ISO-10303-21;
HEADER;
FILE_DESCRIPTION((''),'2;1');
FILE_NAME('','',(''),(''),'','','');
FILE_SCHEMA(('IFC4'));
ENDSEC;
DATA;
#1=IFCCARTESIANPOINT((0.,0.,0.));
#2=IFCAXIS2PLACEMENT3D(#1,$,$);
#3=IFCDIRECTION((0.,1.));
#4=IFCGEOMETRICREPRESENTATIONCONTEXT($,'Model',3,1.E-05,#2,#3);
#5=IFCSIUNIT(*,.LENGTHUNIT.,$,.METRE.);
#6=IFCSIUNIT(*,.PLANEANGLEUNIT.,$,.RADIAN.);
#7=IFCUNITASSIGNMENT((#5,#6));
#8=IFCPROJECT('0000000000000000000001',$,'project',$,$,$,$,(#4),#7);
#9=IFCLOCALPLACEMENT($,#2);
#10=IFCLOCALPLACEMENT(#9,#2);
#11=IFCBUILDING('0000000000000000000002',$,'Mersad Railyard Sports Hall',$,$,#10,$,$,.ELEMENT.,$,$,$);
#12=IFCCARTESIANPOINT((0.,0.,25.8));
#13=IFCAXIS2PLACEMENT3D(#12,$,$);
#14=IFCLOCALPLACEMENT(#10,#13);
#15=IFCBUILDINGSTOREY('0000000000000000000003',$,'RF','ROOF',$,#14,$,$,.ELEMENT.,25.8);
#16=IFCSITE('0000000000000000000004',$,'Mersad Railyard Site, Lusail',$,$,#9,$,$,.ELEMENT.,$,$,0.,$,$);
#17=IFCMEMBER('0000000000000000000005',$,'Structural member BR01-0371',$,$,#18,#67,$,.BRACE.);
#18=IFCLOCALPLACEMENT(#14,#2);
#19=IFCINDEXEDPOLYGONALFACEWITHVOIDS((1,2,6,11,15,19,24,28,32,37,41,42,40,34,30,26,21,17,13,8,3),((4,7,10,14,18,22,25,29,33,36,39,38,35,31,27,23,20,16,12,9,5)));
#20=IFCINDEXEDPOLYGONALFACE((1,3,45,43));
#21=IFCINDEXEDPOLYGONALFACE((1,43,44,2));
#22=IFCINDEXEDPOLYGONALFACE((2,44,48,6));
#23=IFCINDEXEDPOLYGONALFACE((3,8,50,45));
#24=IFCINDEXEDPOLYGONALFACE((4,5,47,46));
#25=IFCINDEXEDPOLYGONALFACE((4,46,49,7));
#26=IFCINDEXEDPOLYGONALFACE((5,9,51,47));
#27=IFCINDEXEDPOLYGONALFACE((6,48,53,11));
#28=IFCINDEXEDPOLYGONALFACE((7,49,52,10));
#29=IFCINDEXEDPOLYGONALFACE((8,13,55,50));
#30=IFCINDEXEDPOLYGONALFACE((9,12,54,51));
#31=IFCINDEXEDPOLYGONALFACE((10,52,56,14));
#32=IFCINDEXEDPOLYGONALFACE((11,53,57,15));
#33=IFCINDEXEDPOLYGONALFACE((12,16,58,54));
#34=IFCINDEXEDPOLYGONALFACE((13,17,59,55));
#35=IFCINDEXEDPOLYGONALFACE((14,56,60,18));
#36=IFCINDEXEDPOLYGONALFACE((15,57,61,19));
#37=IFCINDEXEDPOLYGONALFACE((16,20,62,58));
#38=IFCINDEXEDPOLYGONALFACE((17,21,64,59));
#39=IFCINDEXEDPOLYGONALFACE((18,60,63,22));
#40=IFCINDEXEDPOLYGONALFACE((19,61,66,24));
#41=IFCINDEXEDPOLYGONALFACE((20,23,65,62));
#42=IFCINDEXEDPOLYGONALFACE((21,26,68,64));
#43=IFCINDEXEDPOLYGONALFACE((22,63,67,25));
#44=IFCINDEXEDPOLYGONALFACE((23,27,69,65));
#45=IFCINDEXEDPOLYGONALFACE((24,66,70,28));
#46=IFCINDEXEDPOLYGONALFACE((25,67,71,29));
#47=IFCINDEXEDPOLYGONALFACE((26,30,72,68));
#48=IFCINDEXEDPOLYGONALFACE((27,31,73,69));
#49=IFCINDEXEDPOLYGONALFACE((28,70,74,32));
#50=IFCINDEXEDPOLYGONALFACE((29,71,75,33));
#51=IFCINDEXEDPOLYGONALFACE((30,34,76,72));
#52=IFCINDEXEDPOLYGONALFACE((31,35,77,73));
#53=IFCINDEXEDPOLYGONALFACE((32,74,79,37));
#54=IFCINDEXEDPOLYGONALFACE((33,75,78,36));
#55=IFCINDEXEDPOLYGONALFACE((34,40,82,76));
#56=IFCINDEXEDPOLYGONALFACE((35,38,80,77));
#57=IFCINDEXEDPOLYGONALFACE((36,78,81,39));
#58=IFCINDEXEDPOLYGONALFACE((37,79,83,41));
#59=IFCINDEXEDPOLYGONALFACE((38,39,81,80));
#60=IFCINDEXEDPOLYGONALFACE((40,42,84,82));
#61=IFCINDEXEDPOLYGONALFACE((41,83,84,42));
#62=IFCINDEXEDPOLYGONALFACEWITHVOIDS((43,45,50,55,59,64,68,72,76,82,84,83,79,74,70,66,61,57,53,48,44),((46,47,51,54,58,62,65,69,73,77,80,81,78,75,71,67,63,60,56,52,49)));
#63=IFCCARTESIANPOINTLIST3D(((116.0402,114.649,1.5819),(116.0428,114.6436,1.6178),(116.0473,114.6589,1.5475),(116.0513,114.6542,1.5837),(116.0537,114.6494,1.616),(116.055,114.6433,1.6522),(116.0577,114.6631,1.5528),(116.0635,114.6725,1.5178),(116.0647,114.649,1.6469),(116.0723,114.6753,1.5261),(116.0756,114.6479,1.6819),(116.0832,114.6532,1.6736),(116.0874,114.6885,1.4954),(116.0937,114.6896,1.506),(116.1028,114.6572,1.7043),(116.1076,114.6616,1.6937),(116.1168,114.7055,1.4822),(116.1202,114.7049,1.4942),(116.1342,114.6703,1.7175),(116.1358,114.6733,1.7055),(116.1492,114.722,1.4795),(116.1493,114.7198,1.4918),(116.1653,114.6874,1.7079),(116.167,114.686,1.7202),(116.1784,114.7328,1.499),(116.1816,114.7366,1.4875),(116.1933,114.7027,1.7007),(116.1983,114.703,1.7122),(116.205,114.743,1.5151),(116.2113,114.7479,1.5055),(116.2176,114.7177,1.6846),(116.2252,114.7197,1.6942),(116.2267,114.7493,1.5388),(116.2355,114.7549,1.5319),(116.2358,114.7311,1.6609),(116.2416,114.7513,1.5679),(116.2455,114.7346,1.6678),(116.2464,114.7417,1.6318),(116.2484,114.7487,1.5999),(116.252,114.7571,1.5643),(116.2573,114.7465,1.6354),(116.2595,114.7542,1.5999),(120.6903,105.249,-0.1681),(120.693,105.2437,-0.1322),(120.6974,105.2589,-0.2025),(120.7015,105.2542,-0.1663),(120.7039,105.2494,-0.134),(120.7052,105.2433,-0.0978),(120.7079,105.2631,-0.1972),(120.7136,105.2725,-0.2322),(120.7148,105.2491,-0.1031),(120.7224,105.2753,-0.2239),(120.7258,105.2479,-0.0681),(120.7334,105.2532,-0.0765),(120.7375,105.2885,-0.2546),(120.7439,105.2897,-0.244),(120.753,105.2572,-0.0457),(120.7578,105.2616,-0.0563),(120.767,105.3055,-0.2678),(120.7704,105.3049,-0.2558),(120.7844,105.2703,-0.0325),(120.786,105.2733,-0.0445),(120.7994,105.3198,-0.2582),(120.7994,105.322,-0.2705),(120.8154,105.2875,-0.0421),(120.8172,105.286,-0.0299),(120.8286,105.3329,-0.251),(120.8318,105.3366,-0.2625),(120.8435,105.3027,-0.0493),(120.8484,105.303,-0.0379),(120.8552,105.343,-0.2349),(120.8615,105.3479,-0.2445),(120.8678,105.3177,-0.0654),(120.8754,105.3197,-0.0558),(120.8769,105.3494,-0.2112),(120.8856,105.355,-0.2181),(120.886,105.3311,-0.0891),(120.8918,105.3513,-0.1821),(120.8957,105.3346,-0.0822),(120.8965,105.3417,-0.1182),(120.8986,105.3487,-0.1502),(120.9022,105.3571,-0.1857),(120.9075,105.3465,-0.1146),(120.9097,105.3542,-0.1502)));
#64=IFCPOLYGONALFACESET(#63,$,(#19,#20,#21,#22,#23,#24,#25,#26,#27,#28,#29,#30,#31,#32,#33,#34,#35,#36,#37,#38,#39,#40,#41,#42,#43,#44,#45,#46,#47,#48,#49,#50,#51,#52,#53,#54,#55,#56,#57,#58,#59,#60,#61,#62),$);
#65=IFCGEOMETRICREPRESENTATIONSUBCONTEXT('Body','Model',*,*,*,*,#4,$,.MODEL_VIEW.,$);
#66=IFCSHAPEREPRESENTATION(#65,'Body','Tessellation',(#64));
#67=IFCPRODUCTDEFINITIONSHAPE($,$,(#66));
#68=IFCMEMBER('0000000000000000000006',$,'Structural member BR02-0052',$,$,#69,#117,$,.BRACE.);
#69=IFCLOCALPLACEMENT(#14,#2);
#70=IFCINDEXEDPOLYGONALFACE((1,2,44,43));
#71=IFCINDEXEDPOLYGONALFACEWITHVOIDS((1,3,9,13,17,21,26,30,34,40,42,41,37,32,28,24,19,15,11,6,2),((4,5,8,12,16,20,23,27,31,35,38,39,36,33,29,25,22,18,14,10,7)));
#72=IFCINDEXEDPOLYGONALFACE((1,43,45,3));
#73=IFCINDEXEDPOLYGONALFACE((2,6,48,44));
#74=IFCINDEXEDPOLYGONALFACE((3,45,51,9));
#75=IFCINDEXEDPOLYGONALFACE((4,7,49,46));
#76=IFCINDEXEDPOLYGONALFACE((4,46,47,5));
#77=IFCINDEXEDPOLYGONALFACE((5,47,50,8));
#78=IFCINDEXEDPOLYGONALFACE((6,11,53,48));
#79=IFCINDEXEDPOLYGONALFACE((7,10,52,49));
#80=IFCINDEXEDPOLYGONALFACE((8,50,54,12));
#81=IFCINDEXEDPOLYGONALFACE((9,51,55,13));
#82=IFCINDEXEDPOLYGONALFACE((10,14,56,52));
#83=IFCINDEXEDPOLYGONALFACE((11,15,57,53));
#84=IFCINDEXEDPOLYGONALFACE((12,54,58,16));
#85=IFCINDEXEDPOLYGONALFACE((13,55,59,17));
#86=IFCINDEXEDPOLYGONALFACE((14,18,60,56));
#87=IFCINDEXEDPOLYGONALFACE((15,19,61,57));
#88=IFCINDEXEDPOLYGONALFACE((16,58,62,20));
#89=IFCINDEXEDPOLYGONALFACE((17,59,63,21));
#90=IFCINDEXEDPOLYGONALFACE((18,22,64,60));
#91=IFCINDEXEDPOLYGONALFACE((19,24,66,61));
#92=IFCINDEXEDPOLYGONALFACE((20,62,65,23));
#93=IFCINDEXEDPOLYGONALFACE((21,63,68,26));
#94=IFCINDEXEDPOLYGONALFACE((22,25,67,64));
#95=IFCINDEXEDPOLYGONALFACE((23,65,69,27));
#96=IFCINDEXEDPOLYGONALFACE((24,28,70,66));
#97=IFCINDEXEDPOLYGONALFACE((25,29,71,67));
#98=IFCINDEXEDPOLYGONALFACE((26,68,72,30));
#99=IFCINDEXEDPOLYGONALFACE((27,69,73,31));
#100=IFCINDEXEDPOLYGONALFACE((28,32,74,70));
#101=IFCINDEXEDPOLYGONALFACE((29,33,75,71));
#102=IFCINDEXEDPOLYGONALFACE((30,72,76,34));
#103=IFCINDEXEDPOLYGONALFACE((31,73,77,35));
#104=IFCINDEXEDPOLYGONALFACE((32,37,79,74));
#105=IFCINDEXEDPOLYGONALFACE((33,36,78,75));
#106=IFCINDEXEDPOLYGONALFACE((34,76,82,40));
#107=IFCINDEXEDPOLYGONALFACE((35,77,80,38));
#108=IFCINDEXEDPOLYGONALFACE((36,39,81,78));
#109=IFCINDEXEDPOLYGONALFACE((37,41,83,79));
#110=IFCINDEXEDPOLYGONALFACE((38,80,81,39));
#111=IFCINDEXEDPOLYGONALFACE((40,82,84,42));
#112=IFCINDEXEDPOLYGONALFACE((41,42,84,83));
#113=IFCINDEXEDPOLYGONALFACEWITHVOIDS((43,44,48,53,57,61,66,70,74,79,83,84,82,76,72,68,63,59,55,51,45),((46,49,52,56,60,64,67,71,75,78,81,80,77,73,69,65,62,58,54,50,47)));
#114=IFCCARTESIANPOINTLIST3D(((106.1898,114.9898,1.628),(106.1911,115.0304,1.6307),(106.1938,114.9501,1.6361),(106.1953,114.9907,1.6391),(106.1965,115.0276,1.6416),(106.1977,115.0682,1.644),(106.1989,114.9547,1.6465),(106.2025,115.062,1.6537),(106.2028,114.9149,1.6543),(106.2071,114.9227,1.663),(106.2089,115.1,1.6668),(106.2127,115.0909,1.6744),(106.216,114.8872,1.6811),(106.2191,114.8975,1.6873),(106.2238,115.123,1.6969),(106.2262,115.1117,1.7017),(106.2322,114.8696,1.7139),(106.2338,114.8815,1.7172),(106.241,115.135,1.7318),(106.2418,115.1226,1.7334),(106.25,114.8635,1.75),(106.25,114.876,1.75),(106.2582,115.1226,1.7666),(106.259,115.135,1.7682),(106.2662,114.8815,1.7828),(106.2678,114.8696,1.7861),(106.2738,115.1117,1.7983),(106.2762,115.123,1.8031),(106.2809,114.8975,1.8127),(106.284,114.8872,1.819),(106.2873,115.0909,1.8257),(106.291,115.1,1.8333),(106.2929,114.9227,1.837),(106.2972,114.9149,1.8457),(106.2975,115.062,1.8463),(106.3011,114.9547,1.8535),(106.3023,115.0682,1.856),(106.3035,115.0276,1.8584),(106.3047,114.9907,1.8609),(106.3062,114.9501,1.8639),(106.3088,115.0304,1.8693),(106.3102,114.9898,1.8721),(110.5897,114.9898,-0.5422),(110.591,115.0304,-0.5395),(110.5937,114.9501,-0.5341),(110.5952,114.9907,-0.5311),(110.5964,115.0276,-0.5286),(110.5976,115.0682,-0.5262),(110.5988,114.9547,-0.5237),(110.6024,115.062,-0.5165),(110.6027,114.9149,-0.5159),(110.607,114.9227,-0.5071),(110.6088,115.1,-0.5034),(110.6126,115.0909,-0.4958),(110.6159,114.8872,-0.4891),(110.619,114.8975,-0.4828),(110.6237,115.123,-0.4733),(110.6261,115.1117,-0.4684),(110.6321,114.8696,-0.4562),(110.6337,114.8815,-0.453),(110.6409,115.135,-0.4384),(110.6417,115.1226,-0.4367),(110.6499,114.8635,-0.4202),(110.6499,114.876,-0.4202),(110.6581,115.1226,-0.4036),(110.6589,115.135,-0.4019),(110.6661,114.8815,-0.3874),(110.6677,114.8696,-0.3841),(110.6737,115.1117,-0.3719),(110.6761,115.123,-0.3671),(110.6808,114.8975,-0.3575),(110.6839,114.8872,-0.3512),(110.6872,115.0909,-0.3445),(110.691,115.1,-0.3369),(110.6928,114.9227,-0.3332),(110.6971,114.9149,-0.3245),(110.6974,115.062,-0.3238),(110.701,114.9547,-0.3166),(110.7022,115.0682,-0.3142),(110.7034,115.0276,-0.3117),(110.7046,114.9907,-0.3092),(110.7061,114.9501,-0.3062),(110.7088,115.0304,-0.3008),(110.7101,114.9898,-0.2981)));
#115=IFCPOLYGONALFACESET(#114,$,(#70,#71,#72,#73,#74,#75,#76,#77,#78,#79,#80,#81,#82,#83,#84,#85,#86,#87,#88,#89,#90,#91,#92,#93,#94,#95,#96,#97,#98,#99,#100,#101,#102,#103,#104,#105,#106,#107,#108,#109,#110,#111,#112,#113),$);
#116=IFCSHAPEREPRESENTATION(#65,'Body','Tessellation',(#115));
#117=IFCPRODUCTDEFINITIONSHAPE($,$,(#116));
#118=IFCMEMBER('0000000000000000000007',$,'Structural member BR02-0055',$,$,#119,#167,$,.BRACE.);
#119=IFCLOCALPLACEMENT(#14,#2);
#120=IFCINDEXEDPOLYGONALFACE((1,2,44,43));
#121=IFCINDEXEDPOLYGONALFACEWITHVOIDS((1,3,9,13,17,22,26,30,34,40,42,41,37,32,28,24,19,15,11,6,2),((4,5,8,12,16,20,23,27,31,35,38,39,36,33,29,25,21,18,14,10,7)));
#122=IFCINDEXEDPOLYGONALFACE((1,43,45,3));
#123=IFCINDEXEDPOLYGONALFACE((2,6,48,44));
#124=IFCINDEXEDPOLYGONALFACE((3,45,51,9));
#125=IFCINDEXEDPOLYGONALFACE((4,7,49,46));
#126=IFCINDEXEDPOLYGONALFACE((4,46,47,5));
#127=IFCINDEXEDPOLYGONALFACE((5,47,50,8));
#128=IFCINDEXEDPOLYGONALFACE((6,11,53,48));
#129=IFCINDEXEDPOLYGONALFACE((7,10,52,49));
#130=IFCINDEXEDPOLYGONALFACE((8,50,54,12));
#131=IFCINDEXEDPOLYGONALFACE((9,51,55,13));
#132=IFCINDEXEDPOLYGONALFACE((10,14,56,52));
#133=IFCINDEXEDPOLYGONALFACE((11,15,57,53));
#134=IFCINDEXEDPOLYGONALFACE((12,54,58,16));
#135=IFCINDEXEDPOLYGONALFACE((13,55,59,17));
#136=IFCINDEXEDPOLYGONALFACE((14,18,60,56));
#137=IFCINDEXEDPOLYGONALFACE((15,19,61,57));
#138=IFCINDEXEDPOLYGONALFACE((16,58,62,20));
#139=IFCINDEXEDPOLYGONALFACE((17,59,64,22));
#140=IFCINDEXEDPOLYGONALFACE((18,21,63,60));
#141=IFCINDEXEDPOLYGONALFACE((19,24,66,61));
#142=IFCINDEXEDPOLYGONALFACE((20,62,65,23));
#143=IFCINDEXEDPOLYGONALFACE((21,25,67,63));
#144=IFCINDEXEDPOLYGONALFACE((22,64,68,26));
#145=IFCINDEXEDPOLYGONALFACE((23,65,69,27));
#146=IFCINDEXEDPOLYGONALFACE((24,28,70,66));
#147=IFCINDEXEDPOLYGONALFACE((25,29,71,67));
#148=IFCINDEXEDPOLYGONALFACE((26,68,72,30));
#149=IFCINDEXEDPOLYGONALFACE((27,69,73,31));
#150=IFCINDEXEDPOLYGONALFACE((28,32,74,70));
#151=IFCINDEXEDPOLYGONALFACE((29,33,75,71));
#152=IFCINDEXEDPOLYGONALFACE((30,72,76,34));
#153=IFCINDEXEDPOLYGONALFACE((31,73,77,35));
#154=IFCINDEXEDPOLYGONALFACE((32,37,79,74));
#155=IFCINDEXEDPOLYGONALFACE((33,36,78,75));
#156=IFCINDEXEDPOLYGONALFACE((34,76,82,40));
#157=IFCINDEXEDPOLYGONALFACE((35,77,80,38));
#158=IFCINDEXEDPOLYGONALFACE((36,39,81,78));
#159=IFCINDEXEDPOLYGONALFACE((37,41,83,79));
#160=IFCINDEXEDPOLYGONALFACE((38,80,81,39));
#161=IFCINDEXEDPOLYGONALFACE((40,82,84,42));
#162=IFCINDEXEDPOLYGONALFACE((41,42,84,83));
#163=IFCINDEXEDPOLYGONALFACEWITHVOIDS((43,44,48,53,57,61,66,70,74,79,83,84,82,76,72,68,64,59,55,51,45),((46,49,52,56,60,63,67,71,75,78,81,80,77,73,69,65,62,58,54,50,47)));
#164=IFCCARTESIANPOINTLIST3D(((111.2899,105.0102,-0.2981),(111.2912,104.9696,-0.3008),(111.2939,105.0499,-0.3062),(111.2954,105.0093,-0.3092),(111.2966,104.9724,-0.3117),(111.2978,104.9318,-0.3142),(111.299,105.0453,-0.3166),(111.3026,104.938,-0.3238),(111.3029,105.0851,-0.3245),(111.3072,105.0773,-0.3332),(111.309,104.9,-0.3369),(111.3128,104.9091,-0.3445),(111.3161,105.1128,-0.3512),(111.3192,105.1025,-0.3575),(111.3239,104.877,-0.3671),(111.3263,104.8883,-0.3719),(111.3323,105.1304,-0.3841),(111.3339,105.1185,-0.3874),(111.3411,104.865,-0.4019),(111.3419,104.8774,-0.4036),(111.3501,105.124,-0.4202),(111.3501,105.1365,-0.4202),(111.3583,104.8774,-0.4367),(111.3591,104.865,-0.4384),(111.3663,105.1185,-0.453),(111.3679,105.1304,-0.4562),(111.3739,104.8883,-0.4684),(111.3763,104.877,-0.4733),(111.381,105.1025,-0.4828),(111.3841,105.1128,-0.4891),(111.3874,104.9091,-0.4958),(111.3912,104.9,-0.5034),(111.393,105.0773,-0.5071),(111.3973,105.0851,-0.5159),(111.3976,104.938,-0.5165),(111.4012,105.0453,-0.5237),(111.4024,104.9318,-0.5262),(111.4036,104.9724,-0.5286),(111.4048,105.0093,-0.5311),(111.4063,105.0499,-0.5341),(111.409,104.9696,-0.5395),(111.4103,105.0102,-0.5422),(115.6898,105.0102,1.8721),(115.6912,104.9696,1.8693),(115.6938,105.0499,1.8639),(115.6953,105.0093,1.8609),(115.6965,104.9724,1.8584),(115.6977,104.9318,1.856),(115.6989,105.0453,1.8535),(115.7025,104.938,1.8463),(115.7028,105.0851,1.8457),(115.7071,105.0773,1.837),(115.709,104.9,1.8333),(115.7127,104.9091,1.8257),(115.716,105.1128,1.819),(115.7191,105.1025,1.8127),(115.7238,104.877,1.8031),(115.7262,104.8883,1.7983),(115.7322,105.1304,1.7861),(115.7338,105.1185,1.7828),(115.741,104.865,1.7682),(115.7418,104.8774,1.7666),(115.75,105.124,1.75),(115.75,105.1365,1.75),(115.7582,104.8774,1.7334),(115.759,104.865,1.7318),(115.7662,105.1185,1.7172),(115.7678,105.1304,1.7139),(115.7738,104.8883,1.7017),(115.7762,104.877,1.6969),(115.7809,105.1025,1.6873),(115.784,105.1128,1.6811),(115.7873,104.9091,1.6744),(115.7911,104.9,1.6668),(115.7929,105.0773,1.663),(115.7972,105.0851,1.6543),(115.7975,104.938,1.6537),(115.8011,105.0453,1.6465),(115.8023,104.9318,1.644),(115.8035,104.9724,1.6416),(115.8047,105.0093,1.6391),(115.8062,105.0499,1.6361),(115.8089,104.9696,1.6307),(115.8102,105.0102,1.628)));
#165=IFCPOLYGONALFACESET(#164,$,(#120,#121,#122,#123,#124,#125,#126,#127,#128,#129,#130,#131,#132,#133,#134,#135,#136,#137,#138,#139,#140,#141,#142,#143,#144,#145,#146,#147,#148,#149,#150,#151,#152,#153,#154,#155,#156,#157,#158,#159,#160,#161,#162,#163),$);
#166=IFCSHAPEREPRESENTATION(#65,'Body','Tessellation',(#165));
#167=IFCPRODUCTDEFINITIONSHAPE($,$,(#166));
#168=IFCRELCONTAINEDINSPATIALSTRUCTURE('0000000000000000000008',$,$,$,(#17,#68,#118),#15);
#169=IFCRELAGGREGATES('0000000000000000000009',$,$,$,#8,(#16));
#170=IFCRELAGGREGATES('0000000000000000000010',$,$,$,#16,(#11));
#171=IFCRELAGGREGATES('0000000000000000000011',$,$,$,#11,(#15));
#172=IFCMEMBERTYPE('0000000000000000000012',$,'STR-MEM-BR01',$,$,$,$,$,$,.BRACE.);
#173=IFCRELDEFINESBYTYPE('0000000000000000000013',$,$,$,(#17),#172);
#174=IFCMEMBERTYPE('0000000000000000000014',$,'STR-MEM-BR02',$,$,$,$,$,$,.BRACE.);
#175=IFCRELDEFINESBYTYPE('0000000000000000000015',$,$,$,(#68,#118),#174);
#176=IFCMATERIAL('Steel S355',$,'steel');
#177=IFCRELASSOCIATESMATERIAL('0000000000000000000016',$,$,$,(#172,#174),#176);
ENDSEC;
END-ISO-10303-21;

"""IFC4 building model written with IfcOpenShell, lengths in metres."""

from ifc_helpers import new_model, si_unit, direction, frame, origin, origin_2d, place, context, subcontext, project, spatial, hollow_circle, extrude, material, material_profile, profile_set, type_object, element, save


model = new_model("IFC4")

# Units and contexts
model_context = context("Model", 3, precision=1e-05, world=origin(), true_north=direction((0.0, 1.0)))
body_context = subcontext(model_context, "Body", "Model", "MODEL_VIEW")
ifc_project = project(units=[si_unit("LENGTHUNIT", "METRE"), si_unit("PLANEANGLEUNIT", "RADIAN")], contexts=[model_context])

# Site, building, storey
site_placement = place(None, origin())
site = spatial("IfcSite", under=ifc_project, at=site_placement, Name="Mersad Railyard Site, Lusail", CompositionType="ELEMENT", RefElevation=0.0)
building_placement = place(site_placement, origin())
building = spatial("IfcBuilding", under=site, at=building_placement, Name="Mersad Railyard Sports Hall", CompositionType="ELEMENT")
storey_placement = place(building_placement, frame((0.0, 0.0, 25.8)))
storey = spatial("IfcBuildingStorey", under=building, at=storey_placement, Name="RF", Description="ROOF", CompositionType="ELEMENT", Elevation=25.8)

# Shared definitions
ifc_material_1 = material(Name="Steel S355", Category="steel")

# Members
ifc_material_profile_1 = material_profile(ifc_material_1, hollow_circle(Radius=0.1223, WallThickness=0.0125, at=origin_2d()), Name="CHS 244.5x12.5")
ifc_profile_set_1 = profile_set([ifc_material_profile_1], Name="Steel S355")
member_type_1 = type_object("IfcMemberType", Name="STR-MEM-BR01", PredefinedType="BRACE", material=ifc_profile_set_1)
member_placement = place(storey_placement, frame((116.1499, 114.7, 1.5999), z_axis=(0.437363, -0.884094, -0.164594), x_axis=(0.896319, 0.44341, 0.0)))
element("IfcMember", 1, at=member_placement, inside=storey, type_object=member_type_1, Name="Structural member BR01-0371", PredefinedType="BRACE", context=body_context, shape_type="SweptSolid", body=[
    extrude(hollow_circle(Radius=0.1223, WallThickness=0.0125, at=origin_2d()), origin(), (0.0, 0.0, 1.0), 10.6323),
])
ifc_material_profile_2 = material_profile(ifc_material_1, hollow_circle(Radius=0.1365, WallThickness=0.0125, at=origin_2d()), Name="CHS 273x12.5")
ifc_profile_set_2 = profile_set([ifc_material_profile_2], Name="Steel S355")
member_type_2 = type_object("IfcMemberType", Name="STR-MEM-BR02", PredefinedType="BRACE", material=ifc_profile_set_2)
for number, where, z_axis, x_axis, name in (
    (2, (110.6499, 115.0, -0.4202), (-0.896842, 0.0, 0.44235), (0.0, -1.0, 0.0), "Structural member BR02-0052"),
    (3, (111.3501, 105.0, -0.4202), (0.896842, 0.0, 0.44235), (0.0, 1.0, 0.0), "Structural member BR02-0055"),
):
    element("IfcMember", number, at=place(storey_placement, frame(where, z_axis=z_axis, x_axis=x_axis)), inside=storey, type_object=member_type_2, Name=name, PredefinedType="BRACE", context=body_context, shape_type="SweptSolid", body=[
        extrude(hollow_circle(Radius=0.1365, WallThickness=0.0125, at=origin_2d()), origin(), (0.0, 0.0, 1.0), 4.906),
    ])

save(model, "model.ifc")
